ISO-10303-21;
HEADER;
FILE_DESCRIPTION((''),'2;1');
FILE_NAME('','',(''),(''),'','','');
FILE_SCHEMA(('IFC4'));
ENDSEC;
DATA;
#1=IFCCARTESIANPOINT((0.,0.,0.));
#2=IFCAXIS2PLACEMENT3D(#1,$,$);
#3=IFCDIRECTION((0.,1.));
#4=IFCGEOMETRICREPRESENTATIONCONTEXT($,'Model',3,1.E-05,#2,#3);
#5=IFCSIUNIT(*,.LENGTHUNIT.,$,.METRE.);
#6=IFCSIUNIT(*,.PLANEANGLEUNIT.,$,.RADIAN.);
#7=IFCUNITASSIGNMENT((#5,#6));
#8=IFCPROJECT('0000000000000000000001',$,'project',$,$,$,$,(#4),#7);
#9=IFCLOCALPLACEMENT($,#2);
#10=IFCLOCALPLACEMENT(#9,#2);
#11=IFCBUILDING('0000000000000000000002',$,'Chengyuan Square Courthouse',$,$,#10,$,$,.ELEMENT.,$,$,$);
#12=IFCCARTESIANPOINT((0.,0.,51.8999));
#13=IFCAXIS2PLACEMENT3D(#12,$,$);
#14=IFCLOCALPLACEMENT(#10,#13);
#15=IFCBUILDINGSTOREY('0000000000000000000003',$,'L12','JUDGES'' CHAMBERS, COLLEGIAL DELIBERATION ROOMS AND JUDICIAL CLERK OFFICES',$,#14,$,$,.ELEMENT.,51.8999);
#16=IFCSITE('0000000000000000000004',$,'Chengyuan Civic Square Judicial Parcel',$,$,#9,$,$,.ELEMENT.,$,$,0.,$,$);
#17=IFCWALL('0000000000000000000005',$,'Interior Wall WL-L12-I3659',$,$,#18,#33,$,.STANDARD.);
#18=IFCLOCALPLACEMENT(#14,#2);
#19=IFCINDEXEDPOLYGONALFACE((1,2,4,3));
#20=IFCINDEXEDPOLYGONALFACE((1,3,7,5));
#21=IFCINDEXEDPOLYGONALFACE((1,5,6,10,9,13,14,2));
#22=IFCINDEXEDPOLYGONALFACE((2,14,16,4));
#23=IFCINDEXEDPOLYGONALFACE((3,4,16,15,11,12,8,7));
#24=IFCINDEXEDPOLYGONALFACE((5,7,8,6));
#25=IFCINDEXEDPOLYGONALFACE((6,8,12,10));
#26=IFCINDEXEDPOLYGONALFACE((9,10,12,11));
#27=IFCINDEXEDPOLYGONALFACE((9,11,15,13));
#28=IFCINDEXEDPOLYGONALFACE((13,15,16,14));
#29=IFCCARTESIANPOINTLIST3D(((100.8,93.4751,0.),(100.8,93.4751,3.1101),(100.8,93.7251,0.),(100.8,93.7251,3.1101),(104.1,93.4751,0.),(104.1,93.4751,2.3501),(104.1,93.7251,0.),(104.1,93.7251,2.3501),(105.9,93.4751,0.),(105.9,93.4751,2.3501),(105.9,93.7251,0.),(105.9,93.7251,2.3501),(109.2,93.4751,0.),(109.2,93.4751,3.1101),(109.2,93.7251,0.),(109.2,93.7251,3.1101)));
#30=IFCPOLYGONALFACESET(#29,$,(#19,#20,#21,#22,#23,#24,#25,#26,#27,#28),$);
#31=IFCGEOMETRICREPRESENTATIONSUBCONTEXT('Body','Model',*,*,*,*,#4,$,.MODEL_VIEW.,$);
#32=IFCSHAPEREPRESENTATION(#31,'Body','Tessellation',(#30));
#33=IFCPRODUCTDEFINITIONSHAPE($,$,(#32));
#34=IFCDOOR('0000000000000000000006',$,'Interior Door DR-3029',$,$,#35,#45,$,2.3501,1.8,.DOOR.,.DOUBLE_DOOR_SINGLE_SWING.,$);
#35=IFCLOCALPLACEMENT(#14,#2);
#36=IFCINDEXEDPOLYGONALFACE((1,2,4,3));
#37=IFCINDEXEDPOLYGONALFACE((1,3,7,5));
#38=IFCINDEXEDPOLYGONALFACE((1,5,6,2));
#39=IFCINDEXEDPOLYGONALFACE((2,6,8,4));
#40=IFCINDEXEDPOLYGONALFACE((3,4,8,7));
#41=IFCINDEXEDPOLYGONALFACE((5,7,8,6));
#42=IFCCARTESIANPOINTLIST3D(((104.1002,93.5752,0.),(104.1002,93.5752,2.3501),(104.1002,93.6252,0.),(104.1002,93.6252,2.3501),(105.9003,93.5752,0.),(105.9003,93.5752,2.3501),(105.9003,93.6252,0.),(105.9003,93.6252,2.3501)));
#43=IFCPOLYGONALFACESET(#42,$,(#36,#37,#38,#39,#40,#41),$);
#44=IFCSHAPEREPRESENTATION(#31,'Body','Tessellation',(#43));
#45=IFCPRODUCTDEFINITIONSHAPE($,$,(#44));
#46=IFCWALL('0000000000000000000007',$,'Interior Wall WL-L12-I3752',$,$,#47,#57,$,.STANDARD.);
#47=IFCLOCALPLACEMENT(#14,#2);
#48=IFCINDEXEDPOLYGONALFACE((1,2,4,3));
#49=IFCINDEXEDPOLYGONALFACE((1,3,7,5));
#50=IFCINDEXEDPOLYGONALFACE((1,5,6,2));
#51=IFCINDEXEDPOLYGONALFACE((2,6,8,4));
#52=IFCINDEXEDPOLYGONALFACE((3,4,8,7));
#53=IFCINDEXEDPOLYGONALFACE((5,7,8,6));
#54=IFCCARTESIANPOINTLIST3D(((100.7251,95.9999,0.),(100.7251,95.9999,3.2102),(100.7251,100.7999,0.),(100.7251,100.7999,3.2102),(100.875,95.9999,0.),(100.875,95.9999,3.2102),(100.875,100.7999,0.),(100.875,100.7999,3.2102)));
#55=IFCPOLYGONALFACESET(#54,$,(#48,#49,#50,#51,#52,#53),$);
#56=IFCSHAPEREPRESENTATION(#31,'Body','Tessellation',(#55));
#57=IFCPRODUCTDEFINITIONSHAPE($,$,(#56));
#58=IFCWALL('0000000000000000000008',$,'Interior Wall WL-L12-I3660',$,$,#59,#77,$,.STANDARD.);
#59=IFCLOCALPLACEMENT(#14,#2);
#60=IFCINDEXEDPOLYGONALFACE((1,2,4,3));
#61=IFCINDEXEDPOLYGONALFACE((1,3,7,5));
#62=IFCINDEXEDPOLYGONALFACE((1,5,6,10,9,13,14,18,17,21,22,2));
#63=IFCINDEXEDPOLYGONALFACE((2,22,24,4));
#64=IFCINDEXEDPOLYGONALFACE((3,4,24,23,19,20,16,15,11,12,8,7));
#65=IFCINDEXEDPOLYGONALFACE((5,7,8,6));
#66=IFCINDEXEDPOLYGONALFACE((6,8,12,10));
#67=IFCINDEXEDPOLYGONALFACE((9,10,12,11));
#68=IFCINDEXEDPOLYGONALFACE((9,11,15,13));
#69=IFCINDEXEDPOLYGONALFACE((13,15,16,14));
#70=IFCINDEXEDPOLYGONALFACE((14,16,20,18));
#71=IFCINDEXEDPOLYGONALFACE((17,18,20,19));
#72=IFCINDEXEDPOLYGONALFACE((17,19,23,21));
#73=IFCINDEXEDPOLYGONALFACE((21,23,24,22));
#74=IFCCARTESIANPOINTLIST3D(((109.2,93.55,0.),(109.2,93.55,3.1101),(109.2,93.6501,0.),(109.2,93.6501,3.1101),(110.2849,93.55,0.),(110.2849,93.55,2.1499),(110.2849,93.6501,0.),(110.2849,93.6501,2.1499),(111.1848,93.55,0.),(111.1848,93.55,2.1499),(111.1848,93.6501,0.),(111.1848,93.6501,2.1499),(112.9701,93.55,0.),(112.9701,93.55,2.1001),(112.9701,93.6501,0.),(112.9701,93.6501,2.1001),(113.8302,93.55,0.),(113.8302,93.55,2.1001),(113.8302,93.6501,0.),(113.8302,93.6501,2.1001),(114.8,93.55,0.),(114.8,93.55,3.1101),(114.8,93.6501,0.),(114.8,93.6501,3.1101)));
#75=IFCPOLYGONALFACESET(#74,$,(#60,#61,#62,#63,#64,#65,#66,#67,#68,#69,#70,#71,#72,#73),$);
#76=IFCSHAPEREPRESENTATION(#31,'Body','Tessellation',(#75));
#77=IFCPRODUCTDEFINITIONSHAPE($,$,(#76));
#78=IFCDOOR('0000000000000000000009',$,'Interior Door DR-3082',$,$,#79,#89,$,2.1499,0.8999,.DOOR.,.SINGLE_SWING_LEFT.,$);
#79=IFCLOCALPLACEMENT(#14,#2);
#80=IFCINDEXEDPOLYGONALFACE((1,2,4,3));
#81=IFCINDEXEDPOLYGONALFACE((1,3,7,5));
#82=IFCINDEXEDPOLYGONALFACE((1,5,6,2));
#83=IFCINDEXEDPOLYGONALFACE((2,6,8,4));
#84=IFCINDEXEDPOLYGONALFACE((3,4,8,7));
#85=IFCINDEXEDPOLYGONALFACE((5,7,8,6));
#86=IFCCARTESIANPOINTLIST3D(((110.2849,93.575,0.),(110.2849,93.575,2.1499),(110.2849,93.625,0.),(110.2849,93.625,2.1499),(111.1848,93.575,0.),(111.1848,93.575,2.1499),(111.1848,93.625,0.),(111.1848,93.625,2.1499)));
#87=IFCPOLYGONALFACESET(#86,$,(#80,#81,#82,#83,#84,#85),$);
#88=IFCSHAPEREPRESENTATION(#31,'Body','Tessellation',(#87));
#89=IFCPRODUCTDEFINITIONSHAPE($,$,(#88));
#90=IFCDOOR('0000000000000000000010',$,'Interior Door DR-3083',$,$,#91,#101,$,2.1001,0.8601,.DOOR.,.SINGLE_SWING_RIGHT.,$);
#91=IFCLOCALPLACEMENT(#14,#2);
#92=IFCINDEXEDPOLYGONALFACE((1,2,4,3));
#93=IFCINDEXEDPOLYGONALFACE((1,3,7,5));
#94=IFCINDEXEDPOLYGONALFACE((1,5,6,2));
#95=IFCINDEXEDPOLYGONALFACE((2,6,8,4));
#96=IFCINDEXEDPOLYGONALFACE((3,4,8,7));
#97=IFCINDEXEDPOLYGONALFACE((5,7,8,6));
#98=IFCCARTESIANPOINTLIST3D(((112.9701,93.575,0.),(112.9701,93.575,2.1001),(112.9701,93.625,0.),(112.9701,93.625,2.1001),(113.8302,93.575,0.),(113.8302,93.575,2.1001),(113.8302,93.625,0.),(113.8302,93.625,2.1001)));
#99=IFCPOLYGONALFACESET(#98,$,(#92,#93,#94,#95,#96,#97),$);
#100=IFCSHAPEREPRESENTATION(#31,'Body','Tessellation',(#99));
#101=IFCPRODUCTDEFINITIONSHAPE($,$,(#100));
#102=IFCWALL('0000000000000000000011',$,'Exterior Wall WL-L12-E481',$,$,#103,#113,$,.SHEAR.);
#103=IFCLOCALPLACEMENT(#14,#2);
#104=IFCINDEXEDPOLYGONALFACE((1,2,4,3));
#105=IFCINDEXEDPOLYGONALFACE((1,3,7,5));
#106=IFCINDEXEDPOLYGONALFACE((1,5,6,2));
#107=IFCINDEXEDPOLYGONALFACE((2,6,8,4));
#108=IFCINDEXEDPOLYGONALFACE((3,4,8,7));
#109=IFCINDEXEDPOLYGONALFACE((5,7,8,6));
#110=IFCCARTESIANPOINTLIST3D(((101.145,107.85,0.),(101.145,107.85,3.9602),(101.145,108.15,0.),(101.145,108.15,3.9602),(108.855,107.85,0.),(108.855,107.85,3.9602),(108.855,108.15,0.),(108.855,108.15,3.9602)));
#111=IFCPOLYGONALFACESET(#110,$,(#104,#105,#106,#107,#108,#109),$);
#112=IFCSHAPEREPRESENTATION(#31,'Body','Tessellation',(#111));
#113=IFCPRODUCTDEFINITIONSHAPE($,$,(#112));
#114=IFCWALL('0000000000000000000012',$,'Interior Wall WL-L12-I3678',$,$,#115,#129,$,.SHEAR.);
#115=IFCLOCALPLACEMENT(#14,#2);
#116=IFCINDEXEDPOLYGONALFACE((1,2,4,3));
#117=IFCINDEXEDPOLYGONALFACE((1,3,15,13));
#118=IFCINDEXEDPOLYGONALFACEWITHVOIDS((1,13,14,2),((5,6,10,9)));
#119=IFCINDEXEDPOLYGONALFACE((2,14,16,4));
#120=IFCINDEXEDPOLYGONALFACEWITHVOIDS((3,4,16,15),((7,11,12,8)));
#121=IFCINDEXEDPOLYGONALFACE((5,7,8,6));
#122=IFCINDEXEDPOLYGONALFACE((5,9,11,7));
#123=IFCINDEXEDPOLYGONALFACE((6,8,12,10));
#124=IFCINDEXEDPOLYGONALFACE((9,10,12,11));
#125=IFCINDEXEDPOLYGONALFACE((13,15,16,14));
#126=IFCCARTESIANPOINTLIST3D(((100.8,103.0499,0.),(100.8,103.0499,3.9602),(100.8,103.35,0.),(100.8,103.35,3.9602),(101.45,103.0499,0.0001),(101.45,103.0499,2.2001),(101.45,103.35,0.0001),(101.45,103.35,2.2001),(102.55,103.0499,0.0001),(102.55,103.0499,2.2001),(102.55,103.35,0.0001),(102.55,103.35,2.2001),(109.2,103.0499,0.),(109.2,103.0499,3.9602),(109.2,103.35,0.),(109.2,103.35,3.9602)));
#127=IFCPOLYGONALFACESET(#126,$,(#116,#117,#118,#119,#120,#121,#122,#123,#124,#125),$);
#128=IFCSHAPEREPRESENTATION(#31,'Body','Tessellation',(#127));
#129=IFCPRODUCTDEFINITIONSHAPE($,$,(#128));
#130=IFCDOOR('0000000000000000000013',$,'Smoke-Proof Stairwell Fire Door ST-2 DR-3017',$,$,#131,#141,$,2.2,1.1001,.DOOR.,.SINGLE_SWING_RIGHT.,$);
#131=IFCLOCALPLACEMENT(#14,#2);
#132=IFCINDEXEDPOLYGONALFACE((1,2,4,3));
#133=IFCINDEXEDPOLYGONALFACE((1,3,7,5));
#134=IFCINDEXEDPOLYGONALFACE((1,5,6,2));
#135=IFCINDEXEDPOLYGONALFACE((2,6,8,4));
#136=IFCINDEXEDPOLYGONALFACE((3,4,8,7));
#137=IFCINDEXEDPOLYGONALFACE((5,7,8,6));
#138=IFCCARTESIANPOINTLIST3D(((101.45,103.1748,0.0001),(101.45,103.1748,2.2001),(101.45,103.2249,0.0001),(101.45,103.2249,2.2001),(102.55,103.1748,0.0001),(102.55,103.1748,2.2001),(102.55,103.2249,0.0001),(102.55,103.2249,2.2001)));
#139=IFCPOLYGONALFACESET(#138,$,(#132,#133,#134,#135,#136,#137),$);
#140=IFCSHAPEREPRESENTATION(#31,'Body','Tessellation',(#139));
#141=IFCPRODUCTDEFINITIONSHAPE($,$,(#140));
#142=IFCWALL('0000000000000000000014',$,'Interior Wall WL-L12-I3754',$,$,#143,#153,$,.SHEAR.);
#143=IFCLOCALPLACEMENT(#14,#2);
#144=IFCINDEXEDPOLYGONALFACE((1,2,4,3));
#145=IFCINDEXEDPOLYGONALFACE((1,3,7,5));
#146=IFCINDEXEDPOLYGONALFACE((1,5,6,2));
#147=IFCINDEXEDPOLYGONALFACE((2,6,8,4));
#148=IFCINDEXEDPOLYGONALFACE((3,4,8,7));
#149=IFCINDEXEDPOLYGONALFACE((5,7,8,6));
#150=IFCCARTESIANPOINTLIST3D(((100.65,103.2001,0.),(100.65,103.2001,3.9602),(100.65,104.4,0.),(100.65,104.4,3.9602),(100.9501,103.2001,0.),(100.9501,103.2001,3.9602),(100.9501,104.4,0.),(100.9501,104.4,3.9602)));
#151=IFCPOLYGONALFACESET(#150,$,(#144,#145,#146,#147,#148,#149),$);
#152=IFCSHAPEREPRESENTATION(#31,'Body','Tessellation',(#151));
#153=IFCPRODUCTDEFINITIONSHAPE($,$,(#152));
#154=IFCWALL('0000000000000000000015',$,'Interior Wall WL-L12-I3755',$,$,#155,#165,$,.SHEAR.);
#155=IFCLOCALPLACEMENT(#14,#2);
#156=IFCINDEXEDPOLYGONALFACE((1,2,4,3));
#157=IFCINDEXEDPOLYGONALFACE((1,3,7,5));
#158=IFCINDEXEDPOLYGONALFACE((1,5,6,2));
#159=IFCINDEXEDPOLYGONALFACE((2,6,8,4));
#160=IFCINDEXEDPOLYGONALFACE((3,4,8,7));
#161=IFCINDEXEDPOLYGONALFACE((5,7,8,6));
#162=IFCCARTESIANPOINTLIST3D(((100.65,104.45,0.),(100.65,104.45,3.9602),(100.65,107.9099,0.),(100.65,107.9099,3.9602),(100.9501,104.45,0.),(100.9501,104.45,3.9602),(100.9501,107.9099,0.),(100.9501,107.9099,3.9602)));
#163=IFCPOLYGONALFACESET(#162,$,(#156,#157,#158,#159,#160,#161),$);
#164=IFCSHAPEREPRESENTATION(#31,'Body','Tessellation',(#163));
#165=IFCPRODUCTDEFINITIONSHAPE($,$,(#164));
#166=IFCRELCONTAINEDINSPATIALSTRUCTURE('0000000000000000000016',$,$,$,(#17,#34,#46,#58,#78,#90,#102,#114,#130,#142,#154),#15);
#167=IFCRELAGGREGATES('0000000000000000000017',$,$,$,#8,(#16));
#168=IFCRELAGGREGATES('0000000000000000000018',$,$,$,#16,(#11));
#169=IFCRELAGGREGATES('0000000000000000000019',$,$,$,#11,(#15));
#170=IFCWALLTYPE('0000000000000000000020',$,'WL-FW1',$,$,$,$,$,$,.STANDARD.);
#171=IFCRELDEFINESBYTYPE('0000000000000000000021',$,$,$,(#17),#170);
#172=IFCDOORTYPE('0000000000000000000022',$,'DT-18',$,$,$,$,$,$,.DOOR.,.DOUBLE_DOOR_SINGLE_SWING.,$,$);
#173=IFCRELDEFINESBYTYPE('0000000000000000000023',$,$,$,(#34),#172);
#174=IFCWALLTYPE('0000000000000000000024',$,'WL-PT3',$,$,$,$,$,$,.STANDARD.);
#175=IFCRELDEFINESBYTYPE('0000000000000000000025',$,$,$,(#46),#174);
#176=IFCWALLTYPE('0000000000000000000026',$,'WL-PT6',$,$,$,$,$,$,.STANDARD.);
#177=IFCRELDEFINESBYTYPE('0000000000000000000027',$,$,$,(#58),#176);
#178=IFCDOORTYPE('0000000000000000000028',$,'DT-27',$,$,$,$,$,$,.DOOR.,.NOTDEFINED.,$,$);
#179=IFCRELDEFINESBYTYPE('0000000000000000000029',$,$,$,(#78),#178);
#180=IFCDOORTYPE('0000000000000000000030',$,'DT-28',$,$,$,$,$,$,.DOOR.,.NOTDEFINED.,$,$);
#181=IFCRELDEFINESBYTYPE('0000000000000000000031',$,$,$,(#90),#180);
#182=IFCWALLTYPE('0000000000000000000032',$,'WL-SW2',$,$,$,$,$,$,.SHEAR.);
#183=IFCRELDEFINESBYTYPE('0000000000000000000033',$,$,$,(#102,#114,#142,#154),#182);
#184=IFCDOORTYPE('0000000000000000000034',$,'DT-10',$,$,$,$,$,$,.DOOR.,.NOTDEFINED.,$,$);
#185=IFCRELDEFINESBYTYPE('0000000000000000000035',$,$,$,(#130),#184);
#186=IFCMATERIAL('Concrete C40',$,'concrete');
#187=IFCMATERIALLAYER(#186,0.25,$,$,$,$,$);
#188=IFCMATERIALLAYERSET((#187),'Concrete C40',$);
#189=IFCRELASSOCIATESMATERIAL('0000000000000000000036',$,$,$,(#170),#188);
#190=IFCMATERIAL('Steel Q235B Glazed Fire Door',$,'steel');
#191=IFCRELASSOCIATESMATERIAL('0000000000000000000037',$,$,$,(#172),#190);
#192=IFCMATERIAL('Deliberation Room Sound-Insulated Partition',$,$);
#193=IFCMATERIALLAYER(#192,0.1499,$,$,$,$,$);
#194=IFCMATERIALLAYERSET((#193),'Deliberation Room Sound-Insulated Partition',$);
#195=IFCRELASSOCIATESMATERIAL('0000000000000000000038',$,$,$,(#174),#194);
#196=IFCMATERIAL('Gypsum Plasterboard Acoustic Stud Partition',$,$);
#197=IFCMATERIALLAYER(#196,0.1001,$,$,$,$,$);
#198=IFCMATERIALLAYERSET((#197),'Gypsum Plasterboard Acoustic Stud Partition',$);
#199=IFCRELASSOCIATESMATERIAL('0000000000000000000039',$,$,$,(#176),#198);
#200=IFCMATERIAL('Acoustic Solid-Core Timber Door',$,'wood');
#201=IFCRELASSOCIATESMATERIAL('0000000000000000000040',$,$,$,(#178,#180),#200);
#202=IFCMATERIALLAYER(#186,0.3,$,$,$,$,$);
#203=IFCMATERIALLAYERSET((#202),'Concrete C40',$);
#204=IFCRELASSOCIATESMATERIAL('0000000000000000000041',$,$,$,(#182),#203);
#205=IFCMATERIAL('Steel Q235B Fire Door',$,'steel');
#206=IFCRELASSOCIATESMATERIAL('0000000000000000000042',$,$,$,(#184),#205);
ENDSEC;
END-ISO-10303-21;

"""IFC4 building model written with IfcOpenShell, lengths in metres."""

from ifc_helpers import new_model, si_unit, direction, frame, frame_2d, origin, place, context, subcontext, project, spatial, rectangle, extrude, material, layer, layer_set, type_object, element, fill, save


model = new_model("IFC4")

# Units and contexts
model_context = context("Model", 3, precision=1e-05, world=origin(), true_north=direction((0.0, 1.0)))
body_context = subcontext(model_context, "Body", "Model", "MODEL_VIEW")
ifc_project = project(units=[si_unit("LENGTHUNIT", "METRE"), si_unit("PLANEANGLEUNIT", "RADIAN")], contexts=[model_context])

# Site, building, storey
site_placement = place(None, origin())
site = spatial("IfcSite", under=ifc_project, at=site_placement, Name="Chengyuan Civic Square Judicial Parcel", CompositionType="ELEMENT", RefElevation=0.0)
building_placement = place(site_placement, origin())
building = spatial("IfcBuilding", under=site, at=building_placement, Name="Chengyuan Square Courthouse", CompositionType="ELEMENT")
storey_placement = place(building_placement, frame((0.0, 0.0, 51.8999)))
storey = spatial("IfcBuildingStorey", under=building, at=storey_placement, Name="L12", Description="JUDGES' CHAMBERS, COLLEGIAL DELIBERATION ROOMS AND JUDICIAL CLERK OFFICES", CompositionType="ELEMENT", Elevation=51.8999)

# Shared definitions
ifc_material_1 = material(Name="Concrete C40", Category="concrete")

# Wall, opening, door
ifc_layer_1 = layer(ifc_material_1, 0.25)
ifc_layer_set_1 = layer_set([ifc_layer_1], Name="Concrete C40")
wall_type_1 = type_object("IfcWallType", Name="WL-FW1", PredefinedType="STANDARD", material=ifc_layer_set_1)
wall_1_placement = place(storey_placement, frame((100.8, 93.6001, 0.0), z_axis=(0.0, 0.0, 1.0), x_axis=(1.0, 0.0, 0.0)))
wall_1 = element("IfcWall", 1, at=wall_1_placement, inside=storey, type_object=wall_type_1, Name="Interior Wall WL-L12-I3659", PredefinedType="STANDARD", context=body_context, shape_type="SweptSolid", body=[
    extrude(rectangle(XDim=8.3999, YDim=0.25, at=frame_2d((4.2, 0.0))), origin(), (0.0, 0.0, 1.0), 3.1101),
])
opening_1_placement = place(wall_1_placement, frame((3.3, 0.0, 0.0)))
opening_1 = element("IfcOpeningElement", 2, at=opening_1_placement, cuts=wall_1, PredefinedType="OPENING", context=body_context, shape_type="SweptSolid", body=[
    extrude(rectangle(XDim=1.8, YDim=2.3501, at=frame_2d((0.8999, 1.175))), frame((0.0, 0.137, 0.0), z_axis=(0.0, -1.0, 0.0), x_axis=(1.0, 0.0, 0.0)), (0.0, 0.0, 1.0), 0.2739),
])
ifc_material_2 = material(Name="Steel Q235B Glazed Fire Door", Category="steel")
door_type_1 = type_object("IfcDoorType", Name="DT-18", OperationType="DOUBLE_DOOR_SINGLE_SWING", PredefinedType="DOOR", material=ifc_material_2)
door_1_placement = place(opening_1_placement, frame((1.8, 0.0, 0.0), z_axis=(0.0, 0.0, 1.0), x_axis=(-1.0, 0.0, 0.0)))
door_1 = element("IfcDoor", 3, at=door_1_placement, inside=storey, type_object=door_type_1, Name="Interior Door DR-3029", OperationType="DOUBLE_DOOR_SINGLE_SWING", OverallHeight=2.3501, OverallWidth=1.8, PredefinedType="DOOR", context=body_context, shape_type="SweptSolid", body=[
    extrude(rectangle(XDim=1.8, YDim=2.3501, at=frame_2d((0.8999, 1.175))), frame((0.0, 0.0249, 0.0), z_axis=(0.0, -1.0, 0.0), x_axis=(1.0, 0.0, 0.0)), (0.0, 0.0, 1.0), 0.05),
])
fill(opening_1, door_1)
ifc_material_3 = material(Name="Steel Q235B Fire Door", Category="steel")

# Wall
ifc_material_4 = material(Name="Deliberation Room Sound-Insulated Partition")
ifc_layer_2 = layer(ifc_material_4, 0.1499)
ifc_layer_set_2 = layer_set([ifc_layer_2], Name="Deliberation Room Sound-Insulated Partition")
wall_type_2 = type_object("IfcWallType", Name="WL-PT3", PredefinedType="STANDARD", material=ifc_layer_set_2)
wall_2_placement = place(storey_placement, frame((100.8, 96.0, 0.0), z_axis=(0.0, 0.0, 1.0), x_axis=(0.0, 1.0, 0.0)))
element("IfcWall", 4, at=wall_2_placement, inside=storey, type_object=wall_type_2, Name="Interior Wall WL-L12-I3752", PredefinedType="STANDARD", context=body_context, shape_type="SweptSolid", body=[
    extrude(rectangle(XDim=4.8, YDim=0.1499, at=frame_2d((2.3999, 0.0))), origin(), (0.0, 0.0, 1.0), 3.2102),
])

# Wall, openings, doors
ifc_material_5 = material(Name="Gypsum Plasterboard Acoustic Stud Partition")
ifc_layer_3 = layer(ifc_material_5, 0.1001)
ifc_layer_set_3 = layer_set([ifc_layer_3], Name="Gypsum Plasterboard Acoustic Stud Partition")
wall_type_3 = type_object("IfcWallType", Name="WL-PT6", PredefinedType="STANDARD", material=ifc_layer_set_3)
wall_3_placement = place(storey_placement, frame((109.2, 93.6001, 0.0), z_axis=(0.0, 0.0, 1.0), x_axis=(1.0, 0.0, 0.0)))
wall_3 = element("IfcWall", 5, at=wall_3_placement, inside=storey, type_object=wall_type_3, Name="Interior Wall WL-L12-I3660", PredefinedType="STANDARD", context=body_context, shape_type="SweptSolid", body=[
    extrude(rectangle(XDim=5.6001, YDim=0.1001, at=frame_2d((2.8, 0.0))), origin(), (0.0, 0.0, 1.0), 3.1101),
])
opening_2_placement = place(wall_3_placement, frame((1.085, 0.0, 0.0)))
opening_2 = element("IfcOpeningElement", 6, at=opening_2_placement, cuts=wall_3, PredefinedType="OPENING", context=body_context, shape_type="SweptSolid", body=[
    extrude(rectangle(XDim=0.8999, YDim=2.1499, at=frame_2d((0.45, 1.075))), frame((0.0, 0.062, 0.0), z_axis=(0.0, -1.0, 0.0), x_axis=(1.0, 0.0, 0.0)), (0.0, 0.0, 1.0), 0.124),
])
opening_3_placement = place(wall_3_placement, frame((3.77, 0.0, 0.0)))
opening_3 = element("IfcOpeningElement", 7, at=opening_3_placement, cuts=wall_3, PredefinedType="OPENING", context=body_context, shape_type="SweptSolid", body=[
    extrude(rectangle(XDim=0.8601, YDim=2.1001, at=frame_2d((0.4302, 1.05))), frame((0.0, 0.062, 0.0), z_axis=(0.0, -1.0, 0.0), x_axis=(1.0, 0.0, 0.0)), (0.0, 0.0, 1.0), 0.124),
])
ifc_material_6 = material(Name="Acoustic Solid-Core Timber Door", Category="wood")
door_type_2 = type_object("IfcDoorType", Name="DT-27", OperationType="NOTDEFINED", PredefinedType="DOOR", material=ifc_material_6)
door_2_placement = place(opening_2_placement, origin())
door_2 = element("IfcDoor", 8, at=door_2_placement, inside=storey, type_object=door_type_2, Name="Interior Door DR-3082", OperationType="SINGLE_SWING_LEFT", OverallHeight=2.1499, OverallWidth=0.8999, PredefinedType="DOOR", context=body_context, shape_type="SweptSolid", body=[
    extrude(rectangle(XDim=0.8999, YDim=2.1499, at=frame_2d((0.45, 1.075))), frame((0.0, 0.0249, 0.0), z_axis=(0.0, -1.0, 0.0), x_axis=(1.0, 0.0, 0.0)), (0.0, 0.0, 1.0), 0.05),
])
fill(opening_2, door_2)
door_type_3 = type_object("IfcDoorType", Name="DT-28", OperationType="NOTDEFINED", PredefinedType="DOOR", material=ifc_material_6)
door_3_placement = place(opening_3_placement, origin())
door_3 = element("IfcDoor", 9, at=door_3_placement, inside=storey, type_object=door_type_3, Name="Interior Door DR-3083", OperationType="SINGLE_SWING_RIGHT", OverallHeight=2.1001, OverallWidth=0.8601, PredefinedType="DOOR", context=body_context, shape_type="SweptSolid", body=[
    extrude(rectangle(XDim=0.8601, YDim=2.1001, at=frame_2d((0.4302, 1.05))), frame((0.0, 0.0249, 0.0), z_axis=(0.0, -1.0, 0.0), x_axis=(1.0, 0.0, 0.0)), (0.0, 0.0, 1.0), 0.05),
])
fill(opening_3, door_3)

# Wall
ifc_layer_4 = layer(ifc_material_1, 0.3)
ifc_layer_set_4 = layer_set([ifc_layer_4], Name="Concrete C40")
wall_type_4 = type_object("IfcWallType", Name="WL-SW2", PredefinedType="SHEAR", material=ifc_layer_set_4)
wall_4_placement = place(storey_placement, frame((101.145, 108.0, 0.0), z_axis=(0.0, 0.0, 1.0), x_axis=(1.0, 0.0, 0.0)))
element("IfcWall", 10, at=wall_4_placement, inside=storey, type_object=wall_type_4, Name="Exterior Wall WL-L12-E481", PredefinedType="SHEAR", context=body_context, shape_type="SweptSolid", body=[
    extrude(rectangle(XDim=7.71, YDim=0.3, at=frame_2d((3.855, 0.0))), origin(), (0.0, 0.0, 1.0), 3.9602),
])

# Wall, opening, door
wall_5_placement = place(storey_placement, frame((100.8, 103.2, 0.0), z_axis=(0.0, 0.0, 1.0), x_axis=(1.0, 0.0, 0.0)))
wall_5 = element("IfcWall", 11, at=wall_5_placement, inside=storey, type_object=wall_type_4, Name="Interior Wall WL-L12-I3678", PredefinedType="SHEAR", context=body_context, shape_type="SweptSolid", body=[
    extrude(rectangle(XDim=8.3999, YDim=0.3, at=frame_2d((4.2, 0.0))), origin(), (0.0, 0.0, 1.0), 3.9602),
])
opening_4_placement = place(wall_5_placement, frame((0.6499, 0.0, 0.0)))
opening_4 = element("IfcOpeningElement", 12, at=opening_4_placement, cuts=wall_5, PredefinedType="OPENING", context=body_context, shape_type="SweptSolid", body=[
    extrude(rectangle(XDim=1.1001, YDim=2.2, at=frame_2d((0.55, 1.1001))), frame((0.0, 0.1621, 0.0), z_axis=(0.0, -1.0, 0.0), x_axis=(1.0, 0.0, 0.0)), (0.0, 0.0, 1.0), 0.324),
])
door_type_4 = type_object("IfcDoorType", Name="DT-10", OperationType="NOTDEFINED", PredefinedType="DOOR", material=ifc_material_3)
door_4_placement = place(opening_4_placement, origin())
door_4 = element("IfcDoor", 13, at=door_4_placement, inside=storey, type_object=door_type_4, Name="Smoke-Proof Stairwell Fire Door ST-2 DR-3017", OperationType="SINGLE_SWING_RIGHT", OverallHeight=2.2, OverallWidth=1.1001, PredefinedType="DOOR", context=body_context, shape_type="SweptSolid", body=[
    extrude(rectangle(XDim=1.1001, YDim=2.2, at=frame_2d((0.55, 1.1001))), frame((0.0, 0.0249, 0.0), z_axis=(0.0, -1.0, 0.0), x_axis=(1.0, 0.0, 0.0)), (0.0, 0.0, 1.0), 0.05),
])
fill(opening_4, door_4)

# Walls
wall_6_placement = place(storey_placement, frame((100.8, 103.2, 0.0), z_axis=(0.0, 0.0, 1.0), x_axis=(0.0, 1.0, 0.0)))
element("IfcWall", 14, at=wall_6_placement, inside=storey, type_object=wall_type_4, Name="Interior Wall WL-L12-I3754", PredefinedType="SHEAR", context=body_context, shape_type="SweptSolid", body=[
    extrude(rectangle(XDim=1.2, YDim=0.3, at=frame_2d((0.6001, 0.0))), origin(), (0.0, 0.0, 1.0), 3.9602),
])
wall_7_placement = place(storey_placement, frame((100.8, 104.45, 0.0), z_axis=(0.0, 0.0, 1.0), x_axis=(0.0, 1.0, 0.0)))
element("IfcWall", 15, at=wall_7_placement, inside=storey, type_object=wall_type_4, Name="Interior Wall WL-L12-I3755", PredefinedType="SHEAR", context=body_context, shape_type="SweptSolid", body=[
    extrude(rectangle(XDim=3.46, YDim=0.3, at=frame_2d((1.73, 0.0))), origin(), (0.0, 0.0, 1.0), 3.9602),
])

save(model, "model.ifc")
